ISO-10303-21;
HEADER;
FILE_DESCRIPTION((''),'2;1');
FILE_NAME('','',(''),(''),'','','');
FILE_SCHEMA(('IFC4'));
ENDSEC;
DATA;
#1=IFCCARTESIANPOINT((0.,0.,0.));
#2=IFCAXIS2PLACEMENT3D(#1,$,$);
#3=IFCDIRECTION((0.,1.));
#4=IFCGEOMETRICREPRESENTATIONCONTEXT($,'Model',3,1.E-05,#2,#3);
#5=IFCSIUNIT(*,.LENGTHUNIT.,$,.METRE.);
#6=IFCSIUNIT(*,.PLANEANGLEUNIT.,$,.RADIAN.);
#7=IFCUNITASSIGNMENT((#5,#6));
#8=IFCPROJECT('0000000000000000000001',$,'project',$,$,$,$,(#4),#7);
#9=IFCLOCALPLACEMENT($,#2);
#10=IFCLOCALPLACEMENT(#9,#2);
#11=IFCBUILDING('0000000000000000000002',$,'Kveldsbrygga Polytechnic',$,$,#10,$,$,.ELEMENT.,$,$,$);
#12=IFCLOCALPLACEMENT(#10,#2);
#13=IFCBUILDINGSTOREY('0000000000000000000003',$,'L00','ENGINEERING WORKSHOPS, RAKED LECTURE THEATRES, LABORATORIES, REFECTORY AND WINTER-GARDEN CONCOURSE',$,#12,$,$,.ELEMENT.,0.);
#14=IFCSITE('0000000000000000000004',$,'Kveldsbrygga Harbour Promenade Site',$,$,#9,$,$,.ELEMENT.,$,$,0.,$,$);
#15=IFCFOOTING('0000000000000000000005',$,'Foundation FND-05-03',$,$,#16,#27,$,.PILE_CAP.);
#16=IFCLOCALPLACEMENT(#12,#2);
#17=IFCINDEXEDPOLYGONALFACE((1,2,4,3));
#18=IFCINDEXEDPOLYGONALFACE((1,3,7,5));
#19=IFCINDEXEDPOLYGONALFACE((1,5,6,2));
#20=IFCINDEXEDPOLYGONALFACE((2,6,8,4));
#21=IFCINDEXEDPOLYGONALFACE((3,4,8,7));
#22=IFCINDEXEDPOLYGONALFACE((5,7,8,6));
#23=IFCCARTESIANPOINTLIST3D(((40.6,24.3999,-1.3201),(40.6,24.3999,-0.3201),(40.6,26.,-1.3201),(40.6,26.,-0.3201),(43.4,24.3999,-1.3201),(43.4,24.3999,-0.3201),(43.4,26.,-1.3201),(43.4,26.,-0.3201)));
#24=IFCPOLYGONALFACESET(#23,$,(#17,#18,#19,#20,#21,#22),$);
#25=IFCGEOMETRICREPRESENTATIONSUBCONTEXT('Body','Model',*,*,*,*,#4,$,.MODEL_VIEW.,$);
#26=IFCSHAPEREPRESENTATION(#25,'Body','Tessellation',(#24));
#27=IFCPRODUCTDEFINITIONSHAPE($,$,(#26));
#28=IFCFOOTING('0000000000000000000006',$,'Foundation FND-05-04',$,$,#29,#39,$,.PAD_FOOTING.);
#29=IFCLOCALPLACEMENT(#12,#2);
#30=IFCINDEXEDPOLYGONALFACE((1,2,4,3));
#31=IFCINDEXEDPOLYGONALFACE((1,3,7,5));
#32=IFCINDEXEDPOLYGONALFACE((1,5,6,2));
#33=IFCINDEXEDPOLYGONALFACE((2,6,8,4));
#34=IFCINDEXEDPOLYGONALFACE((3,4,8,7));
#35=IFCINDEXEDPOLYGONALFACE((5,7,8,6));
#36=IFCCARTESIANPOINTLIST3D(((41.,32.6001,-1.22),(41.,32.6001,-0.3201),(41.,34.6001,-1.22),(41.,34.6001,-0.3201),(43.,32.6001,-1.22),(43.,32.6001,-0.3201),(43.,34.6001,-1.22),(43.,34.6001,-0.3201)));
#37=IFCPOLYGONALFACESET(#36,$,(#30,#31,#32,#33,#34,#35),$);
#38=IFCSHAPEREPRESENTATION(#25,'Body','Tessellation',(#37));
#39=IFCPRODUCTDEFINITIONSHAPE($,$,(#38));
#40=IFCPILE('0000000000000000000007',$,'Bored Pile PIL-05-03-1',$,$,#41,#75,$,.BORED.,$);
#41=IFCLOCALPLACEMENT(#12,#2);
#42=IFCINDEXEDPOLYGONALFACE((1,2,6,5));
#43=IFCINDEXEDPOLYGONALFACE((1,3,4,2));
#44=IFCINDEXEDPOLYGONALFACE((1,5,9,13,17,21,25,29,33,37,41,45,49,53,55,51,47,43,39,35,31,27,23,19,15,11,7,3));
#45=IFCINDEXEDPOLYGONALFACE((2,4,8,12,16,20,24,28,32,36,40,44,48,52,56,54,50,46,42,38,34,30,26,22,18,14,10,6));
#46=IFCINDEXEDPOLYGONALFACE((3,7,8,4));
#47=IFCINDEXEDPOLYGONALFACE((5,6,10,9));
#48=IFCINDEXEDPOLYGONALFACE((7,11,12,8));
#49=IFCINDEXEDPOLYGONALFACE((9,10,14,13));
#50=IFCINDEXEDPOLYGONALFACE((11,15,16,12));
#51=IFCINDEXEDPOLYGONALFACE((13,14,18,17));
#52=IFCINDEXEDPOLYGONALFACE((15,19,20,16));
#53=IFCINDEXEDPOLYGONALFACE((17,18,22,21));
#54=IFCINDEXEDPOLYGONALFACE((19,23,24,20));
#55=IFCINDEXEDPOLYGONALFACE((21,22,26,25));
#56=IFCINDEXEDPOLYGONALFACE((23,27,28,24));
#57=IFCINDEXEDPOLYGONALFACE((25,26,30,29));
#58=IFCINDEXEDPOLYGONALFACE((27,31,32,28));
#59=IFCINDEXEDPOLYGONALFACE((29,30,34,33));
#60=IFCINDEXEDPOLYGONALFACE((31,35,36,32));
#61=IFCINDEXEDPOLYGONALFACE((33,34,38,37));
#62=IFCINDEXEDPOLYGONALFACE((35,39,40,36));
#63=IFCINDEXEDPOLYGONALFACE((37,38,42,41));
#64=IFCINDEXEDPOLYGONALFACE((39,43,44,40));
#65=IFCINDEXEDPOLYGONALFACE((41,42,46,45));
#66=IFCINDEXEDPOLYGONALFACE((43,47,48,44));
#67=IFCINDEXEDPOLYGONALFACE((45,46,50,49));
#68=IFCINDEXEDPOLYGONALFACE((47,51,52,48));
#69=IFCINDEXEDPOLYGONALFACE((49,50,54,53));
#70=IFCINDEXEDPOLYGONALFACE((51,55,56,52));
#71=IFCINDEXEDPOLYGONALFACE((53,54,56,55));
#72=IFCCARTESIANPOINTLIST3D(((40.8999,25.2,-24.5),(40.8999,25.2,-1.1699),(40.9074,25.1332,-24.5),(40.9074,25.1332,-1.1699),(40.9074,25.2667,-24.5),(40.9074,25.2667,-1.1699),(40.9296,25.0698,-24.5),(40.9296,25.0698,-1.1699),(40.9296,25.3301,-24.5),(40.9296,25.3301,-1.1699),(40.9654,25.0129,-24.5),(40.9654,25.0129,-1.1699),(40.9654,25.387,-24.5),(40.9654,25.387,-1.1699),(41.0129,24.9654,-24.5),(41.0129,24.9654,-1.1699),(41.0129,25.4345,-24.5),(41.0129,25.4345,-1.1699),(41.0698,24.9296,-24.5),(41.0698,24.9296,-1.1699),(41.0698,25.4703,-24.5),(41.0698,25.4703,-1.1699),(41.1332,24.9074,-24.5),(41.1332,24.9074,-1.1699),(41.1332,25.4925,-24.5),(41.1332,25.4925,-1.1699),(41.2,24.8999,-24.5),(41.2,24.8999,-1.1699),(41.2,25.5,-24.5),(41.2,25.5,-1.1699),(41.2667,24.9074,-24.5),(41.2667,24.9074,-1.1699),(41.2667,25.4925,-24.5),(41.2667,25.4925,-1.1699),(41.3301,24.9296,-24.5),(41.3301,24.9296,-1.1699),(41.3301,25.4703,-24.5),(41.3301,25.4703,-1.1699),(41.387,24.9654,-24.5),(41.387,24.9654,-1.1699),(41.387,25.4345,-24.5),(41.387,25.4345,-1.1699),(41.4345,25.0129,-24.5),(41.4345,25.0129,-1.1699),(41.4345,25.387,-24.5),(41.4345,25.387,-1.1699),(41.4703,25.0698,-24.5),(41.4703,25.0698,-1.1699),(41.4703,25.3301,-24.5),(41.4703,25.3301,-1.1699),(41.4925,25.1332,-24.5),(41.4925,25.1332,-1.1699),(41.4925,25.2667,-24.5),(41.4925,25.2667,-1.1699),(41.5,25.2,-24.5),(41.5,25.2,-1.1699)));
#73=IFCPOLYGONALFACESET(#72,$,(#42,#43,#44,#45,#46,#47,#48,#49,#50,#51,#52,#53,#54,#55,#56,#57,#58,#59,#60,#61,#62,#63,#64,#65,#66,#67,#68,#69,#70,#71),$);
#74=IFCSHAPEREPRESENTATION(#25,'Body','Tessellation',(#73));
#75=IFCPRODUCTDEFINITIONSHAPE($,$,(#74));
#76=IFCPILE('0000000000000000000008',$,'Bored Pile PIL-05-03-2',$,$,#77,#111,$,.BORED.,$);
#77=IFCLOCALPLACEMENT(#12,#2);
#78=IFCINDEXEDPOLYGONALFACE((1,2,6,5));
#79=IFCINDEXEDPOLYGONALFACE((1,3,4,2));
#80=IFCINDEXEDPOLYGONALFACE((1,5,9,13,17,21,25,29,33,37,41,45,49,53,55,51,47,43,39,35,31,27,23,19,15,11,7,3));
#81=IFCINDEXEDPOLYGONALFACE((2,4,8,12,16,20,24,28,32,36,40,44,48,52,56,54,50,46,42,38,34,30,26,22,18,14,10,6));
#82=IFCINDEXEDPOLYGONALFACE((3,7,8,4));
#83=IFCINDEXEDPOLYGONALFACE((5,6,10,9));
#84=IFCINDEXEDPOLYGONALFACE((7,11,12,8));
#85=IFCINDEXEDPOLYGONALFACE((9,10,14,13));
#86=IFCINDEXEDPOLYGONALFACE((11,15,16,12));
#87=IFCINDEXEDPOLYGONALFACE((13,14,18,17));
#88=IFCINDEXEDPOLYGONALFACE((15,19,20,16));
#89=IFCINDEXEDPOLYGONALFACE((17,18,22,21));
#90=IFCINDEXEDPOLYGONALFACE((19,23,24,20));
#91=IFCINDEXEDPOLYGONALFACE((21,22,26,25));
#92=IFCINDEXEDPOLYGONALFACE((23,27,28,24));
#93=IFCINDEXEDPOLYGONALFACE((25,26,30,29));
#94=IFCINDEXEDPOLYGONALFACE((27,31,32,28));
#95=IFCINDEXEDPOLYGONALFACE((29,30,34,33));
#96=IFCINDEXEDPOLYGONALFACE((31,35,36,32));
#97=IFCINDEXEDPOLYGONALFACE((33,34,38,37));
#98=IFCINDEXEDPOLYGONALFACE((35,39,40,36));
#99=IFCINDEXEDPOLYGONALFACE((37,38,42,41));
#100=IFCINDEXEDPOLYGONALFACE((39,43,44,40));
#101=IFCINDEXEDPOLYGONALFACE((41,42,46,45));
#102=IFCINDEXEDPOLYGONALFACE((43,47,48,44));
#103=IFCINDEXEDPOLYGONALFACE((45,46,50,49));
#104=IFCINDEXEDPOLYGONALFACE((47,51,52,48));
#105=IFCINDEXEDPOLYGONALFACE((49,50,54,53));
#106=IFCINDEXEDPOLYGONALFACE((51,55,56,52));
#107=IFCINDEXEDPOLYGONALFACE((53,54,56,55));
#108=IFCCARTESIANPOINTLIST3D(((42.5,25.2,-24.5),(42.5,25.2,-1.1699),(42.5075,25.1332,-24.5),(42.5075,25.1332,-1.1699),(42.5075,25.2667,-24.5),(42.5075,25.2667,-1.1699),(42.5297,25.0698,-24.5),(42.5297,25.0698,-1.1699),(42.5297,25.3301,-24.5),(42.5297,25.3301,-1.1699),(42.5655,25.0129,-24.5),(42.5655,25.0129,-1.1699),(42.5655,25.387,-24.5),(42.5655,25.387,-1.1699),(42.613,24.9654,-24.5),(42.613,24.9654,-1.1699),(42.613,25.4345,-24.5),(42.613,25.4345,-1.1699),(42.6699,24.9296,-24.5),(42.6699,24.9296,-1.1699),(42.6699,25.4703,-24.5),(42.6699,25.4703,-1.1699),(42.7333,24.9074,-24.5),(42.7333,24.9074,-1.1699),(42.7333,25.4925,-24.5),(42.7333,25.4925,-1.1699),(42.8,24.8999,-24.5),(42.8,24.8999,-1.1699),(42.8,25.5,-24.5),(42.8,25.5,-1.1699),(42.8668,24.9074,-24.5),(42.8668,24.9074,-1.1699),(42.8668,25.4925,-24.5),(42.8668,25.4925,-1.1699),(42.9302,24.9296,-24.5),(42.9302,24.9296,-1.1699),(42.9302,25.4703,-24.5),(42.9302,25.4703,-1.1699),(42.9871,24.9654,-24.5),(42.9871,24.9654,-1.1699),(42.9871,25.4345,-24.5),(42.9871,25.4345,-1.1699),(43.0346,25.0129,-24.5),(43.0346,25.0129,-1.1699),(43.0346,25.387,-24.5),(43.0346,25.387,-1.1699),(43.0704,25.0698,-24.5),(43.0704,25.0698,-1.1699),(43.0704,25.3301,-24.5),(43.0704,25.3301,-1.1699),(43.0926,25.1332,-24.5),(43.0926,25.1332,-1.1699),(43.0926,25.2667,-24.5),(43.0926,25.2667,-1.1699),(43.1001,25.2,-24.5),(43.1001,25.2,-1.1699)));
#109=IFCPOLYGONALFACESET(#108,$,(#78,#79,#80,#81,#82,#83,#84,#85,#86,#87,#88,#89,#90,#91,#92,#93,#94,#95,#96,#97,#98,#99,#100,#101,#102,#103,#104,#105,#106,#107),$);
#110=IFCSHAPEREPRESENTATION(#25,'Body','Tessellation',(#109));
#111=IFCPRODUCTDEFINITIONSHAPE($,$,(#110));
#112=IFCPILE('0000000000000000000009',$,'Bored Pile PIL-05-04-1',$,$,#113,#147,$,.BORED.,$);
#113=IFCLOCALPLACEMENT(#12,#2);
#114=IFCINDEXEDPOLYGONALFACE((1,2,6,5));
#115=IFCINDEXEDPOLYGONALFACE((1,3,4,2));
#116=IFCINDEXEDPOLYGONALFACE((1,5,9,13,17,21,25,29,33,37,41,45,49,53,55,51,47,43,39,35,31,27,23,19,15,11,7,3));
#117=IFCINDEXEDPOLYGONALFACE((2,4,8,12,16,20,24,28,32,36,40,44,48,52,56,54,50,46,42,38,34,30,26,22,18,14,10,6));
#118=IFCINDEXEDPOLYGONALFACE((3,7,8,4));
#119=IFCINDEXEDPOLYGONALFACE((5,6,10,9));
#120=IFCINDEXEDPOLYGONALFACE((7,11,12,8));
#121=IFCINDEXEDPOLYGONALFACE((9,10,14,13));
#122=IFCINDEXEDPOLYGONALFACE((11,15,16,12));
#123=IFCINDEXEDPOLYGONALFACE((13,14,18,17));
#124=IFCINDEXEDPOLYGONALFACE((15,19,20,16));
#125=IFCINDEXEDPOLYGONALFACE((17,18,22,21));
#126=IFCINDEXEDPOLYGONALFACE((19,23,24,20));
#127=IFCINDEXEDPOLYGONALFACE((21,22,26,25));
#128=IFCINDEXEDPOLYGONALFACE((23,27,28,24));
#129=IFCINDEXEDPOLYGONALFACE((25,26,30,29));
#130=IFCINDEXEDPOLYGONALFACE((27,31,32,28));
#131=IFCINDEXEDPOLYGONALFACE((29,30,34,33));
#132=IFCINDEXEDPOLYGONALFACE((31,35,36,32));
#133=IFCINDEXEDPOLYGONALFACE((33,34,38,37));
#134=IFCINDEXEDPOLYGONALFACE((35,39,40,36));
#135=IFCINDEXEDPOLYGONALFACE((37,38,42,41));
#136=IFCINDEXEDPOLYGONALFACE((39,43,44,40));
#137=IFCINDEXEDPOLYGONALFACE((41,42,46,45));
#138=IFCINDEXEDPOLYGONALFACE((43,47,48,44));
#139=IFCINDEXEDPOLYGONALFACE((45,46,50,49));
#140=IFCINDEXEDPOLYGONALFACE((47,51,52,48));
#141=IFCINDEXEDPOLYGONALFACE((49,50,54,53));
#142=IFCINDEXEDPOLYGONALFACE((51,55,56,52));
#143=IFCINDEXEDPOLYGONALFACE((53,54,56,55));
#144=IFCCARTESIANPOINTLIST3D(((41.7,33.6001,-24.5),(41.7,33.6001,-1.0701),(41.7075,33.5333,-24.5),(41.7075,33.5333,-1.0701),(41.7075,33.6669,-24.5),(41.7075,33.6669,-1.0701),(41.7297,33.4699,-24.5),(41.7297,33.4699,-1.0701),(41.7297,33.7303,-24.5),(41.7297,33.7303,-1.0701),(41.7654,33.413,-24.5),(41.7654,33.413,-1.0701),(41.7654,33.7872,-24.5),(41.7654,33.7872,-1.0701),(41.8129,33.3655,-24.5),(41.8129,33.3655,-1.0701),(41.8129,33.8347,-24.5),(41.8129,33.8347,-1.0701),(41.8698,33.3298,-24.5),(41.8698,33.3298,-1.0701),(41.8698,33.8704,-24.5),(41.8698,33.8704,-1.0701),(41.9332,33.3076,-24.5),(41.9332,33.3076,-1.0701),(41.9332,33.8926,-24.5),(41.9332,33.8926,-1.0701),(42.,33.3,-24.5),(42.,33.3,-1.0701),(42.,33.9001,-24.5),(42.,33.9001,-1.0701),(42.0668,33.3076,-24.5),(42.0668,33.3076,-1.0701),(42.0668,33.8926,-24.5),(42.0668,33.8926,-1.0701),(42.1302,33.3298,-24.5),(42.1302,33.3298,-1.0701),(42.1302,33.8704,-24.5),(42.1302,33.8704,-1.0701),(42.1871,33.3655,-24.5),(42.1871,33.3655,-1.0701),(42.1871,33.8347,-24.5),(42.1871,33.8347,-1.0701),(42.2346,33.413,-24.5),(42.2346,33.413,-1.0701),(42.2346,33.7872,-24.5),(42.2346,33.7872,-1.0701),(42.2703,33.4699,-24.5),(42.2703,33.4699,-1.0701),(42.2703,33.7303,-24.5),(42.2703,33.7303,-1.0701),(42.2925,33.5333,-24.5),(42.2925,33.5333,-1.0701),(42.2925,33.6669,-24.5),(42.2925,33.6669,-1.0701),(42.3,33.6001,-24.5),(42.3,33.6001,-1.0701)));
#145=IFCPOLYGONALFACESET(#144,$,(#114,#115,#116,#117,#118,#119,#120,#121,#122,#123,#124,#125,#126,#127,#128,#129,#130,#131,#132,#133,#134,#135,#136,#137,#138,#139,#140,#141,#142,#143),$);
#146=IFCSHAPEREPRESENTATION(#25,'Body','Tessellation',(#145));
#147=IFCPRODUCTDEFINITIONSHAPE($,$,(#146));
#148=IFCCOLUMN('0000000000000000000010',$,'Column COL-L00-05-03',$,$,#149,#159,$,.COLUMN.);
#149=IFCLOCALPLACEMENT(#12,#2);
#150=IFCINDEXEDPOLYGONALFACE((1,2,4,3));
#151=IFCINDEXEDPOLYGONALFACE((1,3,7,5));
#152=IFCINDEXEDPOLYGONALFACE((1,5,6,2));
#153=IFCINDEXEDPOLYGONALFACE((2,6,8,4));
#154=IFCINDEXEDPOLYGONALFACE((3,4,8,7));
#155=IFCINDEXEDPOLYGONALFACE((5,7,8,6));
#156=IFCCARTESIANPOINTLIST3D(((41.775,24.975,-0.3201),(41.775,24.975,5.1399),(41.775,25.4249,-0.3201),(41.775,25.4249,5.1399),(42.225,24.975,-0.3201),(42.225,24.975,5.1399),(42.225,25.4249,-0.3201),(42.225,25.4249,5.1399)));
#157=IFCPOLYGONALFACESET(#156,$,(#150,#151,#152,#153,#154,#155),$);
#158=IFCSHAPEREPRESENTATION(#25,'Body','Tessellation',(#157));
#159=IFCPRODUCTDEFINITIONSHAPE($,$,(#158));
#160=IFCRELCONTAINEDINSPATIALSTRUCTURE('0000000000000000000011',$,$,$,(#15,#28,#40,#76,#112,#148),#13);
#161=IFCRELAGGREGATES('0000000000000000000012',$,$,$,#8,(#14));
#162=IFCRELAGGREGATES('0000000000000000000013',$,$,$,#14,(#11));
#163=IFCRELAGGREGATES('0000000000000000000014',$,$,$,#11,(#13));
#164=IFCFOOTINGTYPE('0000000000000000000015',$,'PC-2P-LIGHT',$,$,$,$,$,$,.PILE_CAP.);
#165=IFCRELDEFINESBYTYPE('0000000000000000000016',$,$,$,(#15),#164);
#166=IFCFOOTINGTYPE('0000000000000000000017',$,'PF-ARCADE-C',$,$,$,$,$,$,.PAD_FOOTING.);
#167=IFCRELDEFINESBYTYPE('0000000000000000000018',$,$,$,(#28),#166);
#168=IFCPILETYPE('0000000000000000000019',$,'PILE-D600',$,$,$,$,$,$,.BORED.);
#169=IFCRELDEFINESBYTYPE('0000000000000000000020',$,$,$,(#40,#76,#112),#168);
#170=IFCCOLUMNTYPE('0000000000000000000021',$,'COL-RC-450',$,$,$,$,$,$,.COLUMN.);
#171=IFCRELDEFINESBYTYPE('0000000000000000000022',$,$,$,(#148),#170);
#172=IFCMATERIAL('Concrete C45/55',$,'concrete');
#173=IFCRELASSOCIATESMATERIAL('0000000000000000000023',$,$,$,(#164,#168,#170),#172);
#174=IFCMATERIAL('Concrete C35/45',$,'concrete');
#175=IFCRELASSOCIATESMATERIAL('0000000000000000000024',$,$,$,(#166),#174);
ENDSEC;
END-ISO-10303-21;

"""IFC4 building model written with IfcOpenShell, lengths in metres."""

from ifc_helpers import new_model, si_unit, direction, frame, origin, origin_2d, place, context, subcontext, project, spatial, rectangle, circle, extrude, material, material_profile, profile_set, type_object, element, save


model = new_model("IFC4")

# Units and contexts
model_context = context("Model", 3, precision=1e-05, world=origin(), true_north=direction((0.0, 1.0)))
body_context = subcontext(model_context, "Body", "Model", "MODEL_VIEW")
ifc_project = project(units=[si_unit("LENGTHUNIT", "METRE"), si_unit("PLANEANGLEUNIT", "RADIAN")], contexts=[model_context])

# Site, building, storey
site_placement = place(None, origin())
site = spatial("IfcSite", under=ifc_project, at=site_placement, Name="Kveldsbrygga Harbour Promenade Site", CompositionType="ELEMENT", RefElevation=0.0)
building_placement = place(site_placement, origin())
building = spatial("IfcBuilding", under=site, at=building_placement, Name="Kveldsbrygga Polytechnic", CompositionType="ELEMENT")
storey_placement = place(building_placement, origin())
storey = spatial("IfcBuildingStorey", under=building, at=storey_placement, Name="L00", Description="ENGINEERING WORKSHOPS, RAKED LECTURE THEATRES, LABORATORIES, REFECTORY AND WINTER-GARDEN CONCOURSE", CompositionType="ELEMENT", Elevation=0.0)

# Footings
ifc_material_1 = material(Name="Concrete C45/55", Category="concrete")
footing_type_1 = type_object("IfcFootingType", Name="PC-2P-LIGHT", PredefinedType="PILE_CAP", material=ifc_material_1)
footing_1_placement = place(storey_placement, frame((42.0, 25.2, -1.3201), z_axis=(0.0, 0.0, 1.0), x_axis=(1.0, 0.0, 0.0)))
element("IfcFooting", 1, at=footing_1_placement, inside=storey, type_object=footing_type_1, Name="Foundation FND-05-03", PredefinedType="PILE_CAP", context=body_context, shape_type="SweptSolid", body=[
    extrude(rectangle(XDim=2.8, YDim=1.6001, at=origin_2d()), origin(), (0.0, 0.0, 1.0), 1.0),
])
ifc_material_2 = material(Name="Concrete C35/45", Category="concrete")
footing_type_2 = type_object("IfcFootingType", Name="PF-ARCADE-C", PredefinedType="PAD_FOOTING", material=ifc_material_2)
footing_2_placement = place(storey_placement, frame((42.0, 33.6001, -1.22), z_axis=(0.0, 0.0, 1.0), x_axis=(1.0, 0.0, 0.0)))
element("IfcFooting", 2, at=footing_2_placement, inside=storey, type_object=footing_type_2, Name="Foundation FND-05-04", PredefinedType="PAD_FOOTING", context=body_context, shape_type="SweptSolid", body=[
    extrude(rectangle(XDim=2.0, YDim=2.0, at=origin_2d()), origin(), (0.0, 0.0, 1.0), 0.8999),
])

# Piles
ifc_material_profile_1 = material_profile(ifc_material_1, circle(Radius=0.3, at=origin_2d()), Name="PILE D600")
ifc_profile_set_1 = profile_set([ifc_material_profile_1], Name="Concrete C45/55")
pile_type = type_object("IfcPileType", Name="PILE-D600", PredefinedType="BORED", material=ifc_profile_set_1)
for number, where, z_axis, x_axis, name in (
    (3, (41.2, 25.2, -1.1699), (0.0, 0.0, -1.0), (1.0, 0.0, 0.0), "Bored Pile PIL-05-03-1"),
    (4, (42.8, 25.2, -1.1699), (0.0, 0.0, -1.0), (1.0, 0.0, 0.0), "Bored Pile PIL-05-03-2"),
):
    element("IfcPile", number, at=place(storey_placement, frame(where, z_axis=z_axis, x_axis=x_axis)), inside=storey, type_object=pile_type, Name=name, PredefinedType="BORED", context=body_context, shape_type="SweptSolid", body=[
        extrude(circle(Radius=0.3, at=origin_2d()), origin(), (0.0, 0.0, 1.0), 23.3301),
    ])
pile_placement = place(storey_placement, frame((42.0, 33.6001, -1.0701), z_axis=(0.0, 0.0, -1.0), x_axis=(1.0, 0.0, 0.0)))
element("IfcPile", 5, at=pile_placement, inside=storey, type_object=pile_type, Name="Bored Pile PIL-05-04-1", PredefinedType="BORED", context=body_context, shape_type="SweptSolid", body=[
    extrude(circle(Radius=0.3, at=origin_2d()), origin(), (0.0, 0.0, 1.0), 23.4299),
])

# Column
ifc_material_profile_2 = material_profile(ifc_material_1, rectangle(XDim=0.45, YDim=0.45, at=origin_2d()), Name="RC 450x450")
ifc_profile_set_2 = profile_set([ifc_material_profile_2], Name="Concrete C45/55")
column_type_1 = type_object("IfcColumnType", Name="COL-RC-450", PredefinedType="COLUMN", material=ifc_profile_set_2)
column_1_placement = place(storey_placement, frame((42.0, 25.2, -0.3201), z_axis=(0.0, 0.0, 1.0), x_axis=(1.0, 0.0, 0.0)))
element("IfcColumn", 6, at=column_1_placement, inside=storey, type_object=column_type_1, Name="Column COL-L00-05-03", PredefinedType="COLUMN", context=body_context, shape_type="SweptSolid", body=[
    extrude(rectangle(XDim=0.45, YDim=0.45, at=origin_2d()), origin(), (0.0, 0.0, 1.0), 5.46),
])

save(model, "model.ifc")
